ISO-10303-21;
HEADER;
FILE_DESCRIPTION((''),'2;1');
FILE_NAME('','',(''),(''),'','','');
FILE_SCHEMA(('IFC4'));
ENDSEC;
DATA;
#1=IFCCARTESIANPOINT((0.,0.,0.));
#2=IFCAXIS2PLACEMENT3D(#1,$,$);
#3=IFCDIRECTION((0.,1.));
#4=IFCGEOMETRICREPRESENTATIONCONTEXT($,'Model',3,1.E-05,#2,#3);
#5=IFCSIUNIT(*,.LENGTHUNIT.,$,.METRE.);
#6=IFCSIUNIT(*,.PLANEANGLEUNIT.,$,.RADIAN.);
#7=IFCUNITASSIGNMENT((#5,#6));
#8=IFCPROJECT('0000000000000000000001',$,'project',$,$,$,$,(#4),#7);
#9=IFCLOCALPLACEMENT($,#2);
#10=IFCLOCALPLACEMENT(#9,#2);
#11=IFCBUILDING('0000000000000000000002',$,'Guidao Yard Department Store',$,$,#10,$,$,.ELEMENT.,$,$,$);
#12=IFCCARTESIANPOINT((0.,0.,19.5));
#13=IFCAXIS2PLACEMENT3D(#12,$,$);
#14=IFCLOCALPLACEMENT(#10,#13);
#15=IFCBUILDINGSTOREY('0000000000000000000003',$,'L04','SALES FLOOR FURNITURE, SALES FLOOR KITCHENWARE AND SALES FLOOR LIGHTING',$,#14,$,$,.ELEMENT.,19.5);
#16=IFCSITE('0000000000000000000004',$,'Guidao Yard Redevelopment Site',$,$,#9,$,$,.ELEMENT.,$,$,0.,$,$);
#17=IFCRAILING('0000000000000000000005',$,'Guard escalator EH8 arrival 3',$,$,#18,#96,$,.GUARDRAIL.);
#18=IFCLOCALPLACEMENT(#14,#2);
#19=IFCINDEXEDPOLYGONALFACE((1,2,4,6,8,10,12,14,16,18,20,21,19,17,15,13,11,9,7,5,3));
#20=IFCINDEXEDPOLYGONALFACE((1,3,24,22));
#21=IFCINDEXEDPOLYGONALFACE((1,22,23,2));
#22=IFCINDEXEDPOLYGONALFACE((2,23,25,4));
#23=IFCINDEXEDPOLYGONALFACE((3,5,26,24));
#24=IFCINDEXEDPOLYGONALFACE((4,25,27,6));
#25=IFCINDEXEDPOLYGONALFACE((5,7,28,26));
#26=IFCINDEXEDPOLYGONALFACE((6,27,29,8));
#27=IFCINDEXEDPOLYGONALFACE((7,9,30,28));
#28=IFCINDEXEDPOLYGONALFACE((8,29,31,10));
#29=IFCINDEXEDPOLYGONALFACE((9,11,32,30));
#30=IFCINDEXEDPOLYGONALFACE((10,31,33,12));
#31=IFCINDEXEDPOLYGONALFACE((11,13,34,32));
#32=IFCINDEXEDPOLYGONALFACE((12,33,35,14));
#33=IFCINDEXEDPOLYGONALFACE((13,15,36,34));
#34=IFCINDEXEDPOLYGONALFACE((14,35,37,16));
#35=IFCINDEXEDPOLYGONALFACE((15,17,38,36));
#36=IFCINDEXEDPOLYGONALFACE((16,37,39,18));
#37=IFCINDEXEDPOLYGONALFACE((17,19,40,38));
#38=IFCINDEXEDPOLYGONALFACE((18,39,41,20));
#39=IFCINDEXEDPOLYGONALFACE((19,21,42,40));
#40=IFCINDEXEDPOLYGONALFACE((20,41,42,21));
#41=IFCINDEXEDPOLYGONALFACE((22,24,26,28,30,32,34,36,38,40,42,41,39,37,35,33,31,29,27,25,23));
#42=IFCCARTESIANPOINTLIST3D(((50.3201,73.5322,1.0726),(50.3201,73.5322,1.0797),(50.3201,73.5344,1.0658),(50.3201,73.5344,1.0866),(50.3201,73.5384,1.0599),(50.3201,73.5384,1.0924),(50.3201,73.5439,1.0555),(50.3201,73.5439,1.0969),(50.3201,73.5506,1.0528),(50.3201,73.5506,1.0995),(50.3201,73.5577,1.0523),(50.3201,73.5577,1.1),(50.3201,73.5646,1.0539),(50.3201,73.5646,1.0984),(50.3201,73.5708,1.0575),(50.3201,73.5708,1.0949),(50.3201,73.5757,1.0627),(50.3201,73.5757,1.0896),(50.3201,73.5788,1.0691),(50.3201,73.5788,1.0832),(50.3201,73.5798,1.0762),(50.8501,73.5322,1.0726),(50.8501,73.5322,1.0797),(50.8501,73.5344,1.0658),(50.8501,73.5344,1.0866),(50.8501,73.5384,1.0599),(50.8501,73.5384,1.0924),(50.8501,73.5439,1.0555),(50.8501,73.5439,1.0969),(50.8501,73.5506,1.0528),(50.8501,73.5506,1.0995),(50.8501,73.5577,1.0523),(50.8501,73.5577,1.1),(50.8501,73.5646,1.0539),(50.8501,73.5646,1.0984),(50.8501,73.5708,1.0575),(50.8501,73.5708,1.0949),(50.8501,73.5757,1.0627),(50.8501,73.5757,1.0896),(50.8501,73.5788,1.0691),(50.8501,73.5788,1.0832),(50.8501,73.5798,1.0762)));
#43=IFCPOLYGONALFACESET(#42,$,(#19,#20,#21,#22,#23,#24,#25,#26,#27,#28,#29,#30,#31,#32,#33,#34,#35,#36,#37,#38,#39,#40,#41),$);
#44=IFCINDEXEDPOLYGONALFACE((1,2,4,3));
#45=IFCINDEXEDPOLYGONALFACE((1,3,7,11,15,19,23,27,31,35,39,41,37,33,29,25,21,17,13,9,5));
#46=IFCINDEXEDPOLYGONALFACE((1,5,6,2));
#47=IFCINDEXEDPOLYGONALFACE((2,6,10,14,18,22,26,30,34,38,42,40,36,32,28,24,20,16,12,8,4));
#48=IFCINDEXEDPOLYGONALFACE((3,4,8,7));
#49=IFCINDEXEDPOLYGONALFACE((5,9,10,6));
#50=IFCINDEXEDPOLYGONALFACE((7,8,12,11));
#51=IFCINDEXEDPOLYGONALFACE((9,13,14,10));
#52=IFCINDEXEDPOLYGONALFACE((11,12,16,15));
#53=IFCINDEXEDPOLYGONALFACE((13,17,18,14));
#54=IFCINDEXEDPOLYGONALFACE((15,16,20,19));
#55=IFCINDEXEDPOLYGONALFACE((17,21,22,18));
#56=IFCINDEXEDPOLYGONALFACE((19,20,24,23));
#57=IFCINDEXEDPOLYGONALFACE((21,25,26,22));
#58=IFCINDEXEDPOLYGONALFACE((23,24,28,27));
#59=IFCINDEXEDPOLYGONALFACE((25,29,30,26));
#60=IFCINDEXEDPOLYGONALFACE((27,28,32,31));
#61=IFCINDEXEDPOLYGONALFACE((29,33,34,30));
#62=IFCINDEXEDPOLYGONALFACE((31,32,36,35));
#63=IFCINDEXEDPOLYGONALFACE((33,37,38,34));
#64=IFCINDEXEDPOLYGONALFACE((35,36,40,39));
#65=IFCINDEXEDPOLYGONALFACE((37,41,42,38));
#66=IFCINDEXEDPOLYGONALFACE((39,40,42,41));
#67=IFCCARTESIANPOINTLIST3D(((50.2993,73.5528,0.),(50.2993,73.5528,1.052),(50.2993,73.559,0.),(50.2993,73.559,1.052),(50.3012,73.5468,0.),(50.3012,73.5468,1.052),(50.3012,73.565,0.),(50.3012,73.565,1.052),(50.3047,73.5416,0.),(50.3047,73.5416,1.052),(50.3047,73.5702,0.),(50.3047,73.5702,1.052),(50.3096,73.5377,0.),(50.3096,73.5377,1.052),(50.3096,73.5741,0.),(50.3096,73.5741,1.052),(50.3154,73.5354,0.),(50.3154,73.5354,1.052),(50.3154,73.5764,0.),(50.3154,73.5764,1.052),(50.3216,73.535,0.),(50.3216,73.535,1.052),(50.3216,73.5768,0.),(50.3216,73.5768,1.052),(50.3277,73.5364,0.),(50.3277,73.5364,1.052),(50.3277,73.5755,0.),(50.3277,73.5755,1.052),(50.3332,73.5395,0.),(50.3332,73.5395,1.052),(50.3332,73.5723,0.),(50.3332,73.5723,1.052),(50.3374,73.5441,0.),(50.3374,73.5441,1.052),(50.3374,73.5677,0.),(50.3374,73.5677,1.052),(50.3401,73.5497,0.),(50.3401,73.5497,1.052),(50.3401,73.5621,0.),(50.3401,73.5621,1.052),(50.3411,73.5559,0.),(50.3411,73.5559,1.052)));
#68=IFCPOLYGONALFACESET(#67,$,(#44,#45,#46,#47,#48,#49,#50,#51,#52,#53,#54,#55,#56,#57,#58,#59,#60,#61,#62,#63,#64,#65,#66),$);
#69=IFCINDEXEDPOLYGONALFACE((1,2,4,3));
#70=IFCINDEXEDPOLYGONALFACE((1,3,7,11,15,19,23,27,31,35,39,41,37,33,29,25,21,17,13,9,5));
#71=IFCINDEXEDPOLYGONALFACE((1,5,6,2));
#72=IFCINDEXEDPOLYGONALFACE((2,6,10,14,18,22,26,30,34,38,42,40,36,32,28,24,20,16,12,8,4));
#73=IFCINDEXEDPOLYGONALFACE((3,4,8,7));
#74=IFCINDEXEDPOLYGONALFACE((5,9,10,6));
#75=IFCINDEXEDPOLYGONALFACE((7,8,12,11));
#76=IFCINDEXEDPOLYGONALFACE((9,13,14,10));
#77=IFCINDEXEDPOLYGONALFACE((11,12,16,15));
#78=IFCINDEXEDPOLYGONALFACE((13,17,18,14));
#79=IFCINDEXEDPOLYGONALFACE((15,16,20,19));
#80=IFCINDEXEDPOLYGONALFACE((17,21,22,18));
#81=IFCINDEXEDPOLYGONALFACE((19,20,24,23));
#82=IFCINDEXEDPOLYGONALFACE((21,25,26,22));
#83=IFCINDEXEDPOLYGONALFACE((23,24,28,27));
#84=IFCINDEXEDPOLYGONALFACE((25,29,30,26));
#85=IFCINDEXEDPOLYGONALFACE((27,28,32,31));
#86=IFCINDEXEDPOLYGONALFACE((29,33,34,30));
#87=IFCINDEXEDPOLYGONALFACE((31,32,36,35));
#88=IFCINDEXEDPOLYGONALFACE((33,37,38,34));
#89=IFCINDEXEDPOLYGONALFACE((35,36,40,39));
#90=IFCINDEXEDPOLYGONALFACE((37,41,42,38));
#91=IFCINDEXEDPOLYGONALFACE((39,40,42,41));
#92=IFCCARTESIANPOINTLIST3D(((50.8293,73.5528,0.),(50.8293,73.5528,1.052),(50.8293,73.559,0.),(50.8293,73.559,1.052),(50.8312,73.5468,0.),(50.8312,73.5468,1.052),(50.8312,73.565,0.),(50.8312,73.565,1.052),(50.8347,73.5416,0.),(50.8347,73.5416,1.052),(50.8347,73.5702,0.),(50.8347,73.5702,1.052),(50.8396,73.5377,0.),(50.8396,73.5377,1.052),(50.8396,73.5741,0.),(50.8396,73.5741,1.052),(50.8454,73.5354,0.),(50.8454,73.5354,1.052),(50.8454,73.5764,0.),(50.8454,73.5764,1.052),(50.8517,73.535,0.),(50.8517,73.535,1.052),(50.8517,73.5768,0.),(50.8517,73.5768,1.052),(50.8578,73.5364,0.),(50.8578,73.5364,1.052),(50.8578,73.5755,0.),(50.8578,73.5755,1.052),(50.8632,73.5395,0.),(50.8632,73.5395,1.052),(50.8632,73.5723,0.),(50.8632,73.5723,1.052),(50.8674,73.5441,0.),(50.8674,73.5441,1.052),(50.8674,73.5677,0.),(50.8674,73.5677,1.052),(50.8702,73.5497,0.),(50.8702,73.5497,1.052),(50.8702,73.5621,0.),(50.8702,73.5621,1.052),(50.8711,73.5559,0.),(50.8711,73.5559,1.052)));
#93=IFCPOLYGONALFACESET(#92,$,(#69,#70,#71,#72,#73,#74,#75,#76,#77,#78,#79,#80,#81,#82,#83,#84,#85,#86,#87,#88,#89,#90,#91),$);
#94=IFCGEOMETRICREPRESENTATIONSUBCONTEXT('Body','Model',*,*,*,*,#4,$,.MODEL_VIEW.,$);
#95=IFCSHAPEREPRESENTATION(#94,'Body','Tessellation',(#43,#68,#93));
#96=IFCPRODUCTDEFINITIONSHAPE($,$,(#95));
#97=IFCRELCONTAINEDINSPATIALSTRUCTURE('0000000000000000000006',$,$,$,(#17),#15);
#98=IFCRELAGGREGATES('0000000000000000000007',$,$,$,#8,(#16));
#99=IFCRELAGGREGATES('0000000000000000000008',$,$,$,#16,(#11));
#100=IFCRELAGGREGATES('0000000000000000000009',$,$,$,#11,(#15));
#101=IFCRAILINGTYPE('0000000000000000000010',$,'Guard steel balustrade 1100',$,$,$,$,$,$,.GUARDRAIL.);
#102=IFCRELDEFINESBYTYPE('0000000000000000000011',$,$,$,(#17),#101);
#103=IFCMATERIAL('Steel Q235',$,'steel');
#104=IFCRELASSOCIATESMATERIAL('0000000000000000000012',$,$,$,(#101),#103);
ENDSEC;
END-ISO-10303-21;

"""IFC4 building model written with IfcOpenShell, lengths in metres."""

from ifc_helpers import new_model, si_unit, direction, frame, origin, origin_2d, place, context, subcontext, project, spatial, circle, extrude, material, type_object, element, save


model = new_model("IFC4")

# Units and contexts
model_context = context("Model", 3, precision=1e-05, world=origin(), true_north=direction((0.0, 1.0)))
body_context = subcontext(model_context, "Body", "Model", "MODEL_VIEW")
ifc_project = project(units=[si_unit("LENGTHUNIT", "METRE"), si_unit("PLANEANGLEUNIT", "RADIAN")], contexts=[model_context])

# Site, building, storey
site_placement = place(None, origin())
site = spatial("IfcSite", under=ifc_project, at=site_placement, Name="Guidao Yard Redevelopment Site", CompositionType="ELEMENT", RefElevation=0.0)
building_placement = place(site_placement, origin())
building = spatial("IfcBuilding", under=site, at=building_placement, Name="Guidao Yard Department Store", CompositionType="ELEMENT")
storey_placement = place(building_placement, frame((0.0, 0.0, 19.5)))
storey = spatial("IfcBuildingStorey", under=building, at=storey_placement, Name="L04", Description="SALES FLOOR FURNITURE, SALES FLOOR KITCHENWARE AND SALES FLOOR LIGHTING", CompositionType="ELEMENT", Elevation=19.5)

# Railing
ifc_material_1 = material(Name="Steel Q235", Category="steel")
railing_type_1 = type_object("IfcRailingType", Name="Guard steel balustrade 1100", PredefinedType="GUARDRAIL", material=ifc_material_1)
railing_1_placement = place(storey_placement, frame((50.3201, 73.5559, 0.0)))
element("IfcRailing", 1, at=railing_1_placement, inside=storey, type_object=railing_type_1, Name="Guard escalator EH8 arrival 3", PredefinedType="GUARDRAIL", context=body_context, shape_type="SweptSolid", body=[
    extrude(circle(Radius=0.0239, at=origin_2d()), frame((0.0, 0.0, 1.0762), z_axis=(1.0, 0.0, 0.0), x_axis=(0.0, 1.0, 0.0)), (0.0, 0.0, 1.0), 0.53),
    extrude(circle(Radius=0.021, at=origin_2d()), origin(), (0.0, 0.0, 1.0), 1.052),
    extrude(circle(Radius=0.021, at=origin_2d()), frame((0.53, 0.0, 0.0)), (0.0, 0.0, 1.0), 1.052),
])

save(model, "model.ifc")
